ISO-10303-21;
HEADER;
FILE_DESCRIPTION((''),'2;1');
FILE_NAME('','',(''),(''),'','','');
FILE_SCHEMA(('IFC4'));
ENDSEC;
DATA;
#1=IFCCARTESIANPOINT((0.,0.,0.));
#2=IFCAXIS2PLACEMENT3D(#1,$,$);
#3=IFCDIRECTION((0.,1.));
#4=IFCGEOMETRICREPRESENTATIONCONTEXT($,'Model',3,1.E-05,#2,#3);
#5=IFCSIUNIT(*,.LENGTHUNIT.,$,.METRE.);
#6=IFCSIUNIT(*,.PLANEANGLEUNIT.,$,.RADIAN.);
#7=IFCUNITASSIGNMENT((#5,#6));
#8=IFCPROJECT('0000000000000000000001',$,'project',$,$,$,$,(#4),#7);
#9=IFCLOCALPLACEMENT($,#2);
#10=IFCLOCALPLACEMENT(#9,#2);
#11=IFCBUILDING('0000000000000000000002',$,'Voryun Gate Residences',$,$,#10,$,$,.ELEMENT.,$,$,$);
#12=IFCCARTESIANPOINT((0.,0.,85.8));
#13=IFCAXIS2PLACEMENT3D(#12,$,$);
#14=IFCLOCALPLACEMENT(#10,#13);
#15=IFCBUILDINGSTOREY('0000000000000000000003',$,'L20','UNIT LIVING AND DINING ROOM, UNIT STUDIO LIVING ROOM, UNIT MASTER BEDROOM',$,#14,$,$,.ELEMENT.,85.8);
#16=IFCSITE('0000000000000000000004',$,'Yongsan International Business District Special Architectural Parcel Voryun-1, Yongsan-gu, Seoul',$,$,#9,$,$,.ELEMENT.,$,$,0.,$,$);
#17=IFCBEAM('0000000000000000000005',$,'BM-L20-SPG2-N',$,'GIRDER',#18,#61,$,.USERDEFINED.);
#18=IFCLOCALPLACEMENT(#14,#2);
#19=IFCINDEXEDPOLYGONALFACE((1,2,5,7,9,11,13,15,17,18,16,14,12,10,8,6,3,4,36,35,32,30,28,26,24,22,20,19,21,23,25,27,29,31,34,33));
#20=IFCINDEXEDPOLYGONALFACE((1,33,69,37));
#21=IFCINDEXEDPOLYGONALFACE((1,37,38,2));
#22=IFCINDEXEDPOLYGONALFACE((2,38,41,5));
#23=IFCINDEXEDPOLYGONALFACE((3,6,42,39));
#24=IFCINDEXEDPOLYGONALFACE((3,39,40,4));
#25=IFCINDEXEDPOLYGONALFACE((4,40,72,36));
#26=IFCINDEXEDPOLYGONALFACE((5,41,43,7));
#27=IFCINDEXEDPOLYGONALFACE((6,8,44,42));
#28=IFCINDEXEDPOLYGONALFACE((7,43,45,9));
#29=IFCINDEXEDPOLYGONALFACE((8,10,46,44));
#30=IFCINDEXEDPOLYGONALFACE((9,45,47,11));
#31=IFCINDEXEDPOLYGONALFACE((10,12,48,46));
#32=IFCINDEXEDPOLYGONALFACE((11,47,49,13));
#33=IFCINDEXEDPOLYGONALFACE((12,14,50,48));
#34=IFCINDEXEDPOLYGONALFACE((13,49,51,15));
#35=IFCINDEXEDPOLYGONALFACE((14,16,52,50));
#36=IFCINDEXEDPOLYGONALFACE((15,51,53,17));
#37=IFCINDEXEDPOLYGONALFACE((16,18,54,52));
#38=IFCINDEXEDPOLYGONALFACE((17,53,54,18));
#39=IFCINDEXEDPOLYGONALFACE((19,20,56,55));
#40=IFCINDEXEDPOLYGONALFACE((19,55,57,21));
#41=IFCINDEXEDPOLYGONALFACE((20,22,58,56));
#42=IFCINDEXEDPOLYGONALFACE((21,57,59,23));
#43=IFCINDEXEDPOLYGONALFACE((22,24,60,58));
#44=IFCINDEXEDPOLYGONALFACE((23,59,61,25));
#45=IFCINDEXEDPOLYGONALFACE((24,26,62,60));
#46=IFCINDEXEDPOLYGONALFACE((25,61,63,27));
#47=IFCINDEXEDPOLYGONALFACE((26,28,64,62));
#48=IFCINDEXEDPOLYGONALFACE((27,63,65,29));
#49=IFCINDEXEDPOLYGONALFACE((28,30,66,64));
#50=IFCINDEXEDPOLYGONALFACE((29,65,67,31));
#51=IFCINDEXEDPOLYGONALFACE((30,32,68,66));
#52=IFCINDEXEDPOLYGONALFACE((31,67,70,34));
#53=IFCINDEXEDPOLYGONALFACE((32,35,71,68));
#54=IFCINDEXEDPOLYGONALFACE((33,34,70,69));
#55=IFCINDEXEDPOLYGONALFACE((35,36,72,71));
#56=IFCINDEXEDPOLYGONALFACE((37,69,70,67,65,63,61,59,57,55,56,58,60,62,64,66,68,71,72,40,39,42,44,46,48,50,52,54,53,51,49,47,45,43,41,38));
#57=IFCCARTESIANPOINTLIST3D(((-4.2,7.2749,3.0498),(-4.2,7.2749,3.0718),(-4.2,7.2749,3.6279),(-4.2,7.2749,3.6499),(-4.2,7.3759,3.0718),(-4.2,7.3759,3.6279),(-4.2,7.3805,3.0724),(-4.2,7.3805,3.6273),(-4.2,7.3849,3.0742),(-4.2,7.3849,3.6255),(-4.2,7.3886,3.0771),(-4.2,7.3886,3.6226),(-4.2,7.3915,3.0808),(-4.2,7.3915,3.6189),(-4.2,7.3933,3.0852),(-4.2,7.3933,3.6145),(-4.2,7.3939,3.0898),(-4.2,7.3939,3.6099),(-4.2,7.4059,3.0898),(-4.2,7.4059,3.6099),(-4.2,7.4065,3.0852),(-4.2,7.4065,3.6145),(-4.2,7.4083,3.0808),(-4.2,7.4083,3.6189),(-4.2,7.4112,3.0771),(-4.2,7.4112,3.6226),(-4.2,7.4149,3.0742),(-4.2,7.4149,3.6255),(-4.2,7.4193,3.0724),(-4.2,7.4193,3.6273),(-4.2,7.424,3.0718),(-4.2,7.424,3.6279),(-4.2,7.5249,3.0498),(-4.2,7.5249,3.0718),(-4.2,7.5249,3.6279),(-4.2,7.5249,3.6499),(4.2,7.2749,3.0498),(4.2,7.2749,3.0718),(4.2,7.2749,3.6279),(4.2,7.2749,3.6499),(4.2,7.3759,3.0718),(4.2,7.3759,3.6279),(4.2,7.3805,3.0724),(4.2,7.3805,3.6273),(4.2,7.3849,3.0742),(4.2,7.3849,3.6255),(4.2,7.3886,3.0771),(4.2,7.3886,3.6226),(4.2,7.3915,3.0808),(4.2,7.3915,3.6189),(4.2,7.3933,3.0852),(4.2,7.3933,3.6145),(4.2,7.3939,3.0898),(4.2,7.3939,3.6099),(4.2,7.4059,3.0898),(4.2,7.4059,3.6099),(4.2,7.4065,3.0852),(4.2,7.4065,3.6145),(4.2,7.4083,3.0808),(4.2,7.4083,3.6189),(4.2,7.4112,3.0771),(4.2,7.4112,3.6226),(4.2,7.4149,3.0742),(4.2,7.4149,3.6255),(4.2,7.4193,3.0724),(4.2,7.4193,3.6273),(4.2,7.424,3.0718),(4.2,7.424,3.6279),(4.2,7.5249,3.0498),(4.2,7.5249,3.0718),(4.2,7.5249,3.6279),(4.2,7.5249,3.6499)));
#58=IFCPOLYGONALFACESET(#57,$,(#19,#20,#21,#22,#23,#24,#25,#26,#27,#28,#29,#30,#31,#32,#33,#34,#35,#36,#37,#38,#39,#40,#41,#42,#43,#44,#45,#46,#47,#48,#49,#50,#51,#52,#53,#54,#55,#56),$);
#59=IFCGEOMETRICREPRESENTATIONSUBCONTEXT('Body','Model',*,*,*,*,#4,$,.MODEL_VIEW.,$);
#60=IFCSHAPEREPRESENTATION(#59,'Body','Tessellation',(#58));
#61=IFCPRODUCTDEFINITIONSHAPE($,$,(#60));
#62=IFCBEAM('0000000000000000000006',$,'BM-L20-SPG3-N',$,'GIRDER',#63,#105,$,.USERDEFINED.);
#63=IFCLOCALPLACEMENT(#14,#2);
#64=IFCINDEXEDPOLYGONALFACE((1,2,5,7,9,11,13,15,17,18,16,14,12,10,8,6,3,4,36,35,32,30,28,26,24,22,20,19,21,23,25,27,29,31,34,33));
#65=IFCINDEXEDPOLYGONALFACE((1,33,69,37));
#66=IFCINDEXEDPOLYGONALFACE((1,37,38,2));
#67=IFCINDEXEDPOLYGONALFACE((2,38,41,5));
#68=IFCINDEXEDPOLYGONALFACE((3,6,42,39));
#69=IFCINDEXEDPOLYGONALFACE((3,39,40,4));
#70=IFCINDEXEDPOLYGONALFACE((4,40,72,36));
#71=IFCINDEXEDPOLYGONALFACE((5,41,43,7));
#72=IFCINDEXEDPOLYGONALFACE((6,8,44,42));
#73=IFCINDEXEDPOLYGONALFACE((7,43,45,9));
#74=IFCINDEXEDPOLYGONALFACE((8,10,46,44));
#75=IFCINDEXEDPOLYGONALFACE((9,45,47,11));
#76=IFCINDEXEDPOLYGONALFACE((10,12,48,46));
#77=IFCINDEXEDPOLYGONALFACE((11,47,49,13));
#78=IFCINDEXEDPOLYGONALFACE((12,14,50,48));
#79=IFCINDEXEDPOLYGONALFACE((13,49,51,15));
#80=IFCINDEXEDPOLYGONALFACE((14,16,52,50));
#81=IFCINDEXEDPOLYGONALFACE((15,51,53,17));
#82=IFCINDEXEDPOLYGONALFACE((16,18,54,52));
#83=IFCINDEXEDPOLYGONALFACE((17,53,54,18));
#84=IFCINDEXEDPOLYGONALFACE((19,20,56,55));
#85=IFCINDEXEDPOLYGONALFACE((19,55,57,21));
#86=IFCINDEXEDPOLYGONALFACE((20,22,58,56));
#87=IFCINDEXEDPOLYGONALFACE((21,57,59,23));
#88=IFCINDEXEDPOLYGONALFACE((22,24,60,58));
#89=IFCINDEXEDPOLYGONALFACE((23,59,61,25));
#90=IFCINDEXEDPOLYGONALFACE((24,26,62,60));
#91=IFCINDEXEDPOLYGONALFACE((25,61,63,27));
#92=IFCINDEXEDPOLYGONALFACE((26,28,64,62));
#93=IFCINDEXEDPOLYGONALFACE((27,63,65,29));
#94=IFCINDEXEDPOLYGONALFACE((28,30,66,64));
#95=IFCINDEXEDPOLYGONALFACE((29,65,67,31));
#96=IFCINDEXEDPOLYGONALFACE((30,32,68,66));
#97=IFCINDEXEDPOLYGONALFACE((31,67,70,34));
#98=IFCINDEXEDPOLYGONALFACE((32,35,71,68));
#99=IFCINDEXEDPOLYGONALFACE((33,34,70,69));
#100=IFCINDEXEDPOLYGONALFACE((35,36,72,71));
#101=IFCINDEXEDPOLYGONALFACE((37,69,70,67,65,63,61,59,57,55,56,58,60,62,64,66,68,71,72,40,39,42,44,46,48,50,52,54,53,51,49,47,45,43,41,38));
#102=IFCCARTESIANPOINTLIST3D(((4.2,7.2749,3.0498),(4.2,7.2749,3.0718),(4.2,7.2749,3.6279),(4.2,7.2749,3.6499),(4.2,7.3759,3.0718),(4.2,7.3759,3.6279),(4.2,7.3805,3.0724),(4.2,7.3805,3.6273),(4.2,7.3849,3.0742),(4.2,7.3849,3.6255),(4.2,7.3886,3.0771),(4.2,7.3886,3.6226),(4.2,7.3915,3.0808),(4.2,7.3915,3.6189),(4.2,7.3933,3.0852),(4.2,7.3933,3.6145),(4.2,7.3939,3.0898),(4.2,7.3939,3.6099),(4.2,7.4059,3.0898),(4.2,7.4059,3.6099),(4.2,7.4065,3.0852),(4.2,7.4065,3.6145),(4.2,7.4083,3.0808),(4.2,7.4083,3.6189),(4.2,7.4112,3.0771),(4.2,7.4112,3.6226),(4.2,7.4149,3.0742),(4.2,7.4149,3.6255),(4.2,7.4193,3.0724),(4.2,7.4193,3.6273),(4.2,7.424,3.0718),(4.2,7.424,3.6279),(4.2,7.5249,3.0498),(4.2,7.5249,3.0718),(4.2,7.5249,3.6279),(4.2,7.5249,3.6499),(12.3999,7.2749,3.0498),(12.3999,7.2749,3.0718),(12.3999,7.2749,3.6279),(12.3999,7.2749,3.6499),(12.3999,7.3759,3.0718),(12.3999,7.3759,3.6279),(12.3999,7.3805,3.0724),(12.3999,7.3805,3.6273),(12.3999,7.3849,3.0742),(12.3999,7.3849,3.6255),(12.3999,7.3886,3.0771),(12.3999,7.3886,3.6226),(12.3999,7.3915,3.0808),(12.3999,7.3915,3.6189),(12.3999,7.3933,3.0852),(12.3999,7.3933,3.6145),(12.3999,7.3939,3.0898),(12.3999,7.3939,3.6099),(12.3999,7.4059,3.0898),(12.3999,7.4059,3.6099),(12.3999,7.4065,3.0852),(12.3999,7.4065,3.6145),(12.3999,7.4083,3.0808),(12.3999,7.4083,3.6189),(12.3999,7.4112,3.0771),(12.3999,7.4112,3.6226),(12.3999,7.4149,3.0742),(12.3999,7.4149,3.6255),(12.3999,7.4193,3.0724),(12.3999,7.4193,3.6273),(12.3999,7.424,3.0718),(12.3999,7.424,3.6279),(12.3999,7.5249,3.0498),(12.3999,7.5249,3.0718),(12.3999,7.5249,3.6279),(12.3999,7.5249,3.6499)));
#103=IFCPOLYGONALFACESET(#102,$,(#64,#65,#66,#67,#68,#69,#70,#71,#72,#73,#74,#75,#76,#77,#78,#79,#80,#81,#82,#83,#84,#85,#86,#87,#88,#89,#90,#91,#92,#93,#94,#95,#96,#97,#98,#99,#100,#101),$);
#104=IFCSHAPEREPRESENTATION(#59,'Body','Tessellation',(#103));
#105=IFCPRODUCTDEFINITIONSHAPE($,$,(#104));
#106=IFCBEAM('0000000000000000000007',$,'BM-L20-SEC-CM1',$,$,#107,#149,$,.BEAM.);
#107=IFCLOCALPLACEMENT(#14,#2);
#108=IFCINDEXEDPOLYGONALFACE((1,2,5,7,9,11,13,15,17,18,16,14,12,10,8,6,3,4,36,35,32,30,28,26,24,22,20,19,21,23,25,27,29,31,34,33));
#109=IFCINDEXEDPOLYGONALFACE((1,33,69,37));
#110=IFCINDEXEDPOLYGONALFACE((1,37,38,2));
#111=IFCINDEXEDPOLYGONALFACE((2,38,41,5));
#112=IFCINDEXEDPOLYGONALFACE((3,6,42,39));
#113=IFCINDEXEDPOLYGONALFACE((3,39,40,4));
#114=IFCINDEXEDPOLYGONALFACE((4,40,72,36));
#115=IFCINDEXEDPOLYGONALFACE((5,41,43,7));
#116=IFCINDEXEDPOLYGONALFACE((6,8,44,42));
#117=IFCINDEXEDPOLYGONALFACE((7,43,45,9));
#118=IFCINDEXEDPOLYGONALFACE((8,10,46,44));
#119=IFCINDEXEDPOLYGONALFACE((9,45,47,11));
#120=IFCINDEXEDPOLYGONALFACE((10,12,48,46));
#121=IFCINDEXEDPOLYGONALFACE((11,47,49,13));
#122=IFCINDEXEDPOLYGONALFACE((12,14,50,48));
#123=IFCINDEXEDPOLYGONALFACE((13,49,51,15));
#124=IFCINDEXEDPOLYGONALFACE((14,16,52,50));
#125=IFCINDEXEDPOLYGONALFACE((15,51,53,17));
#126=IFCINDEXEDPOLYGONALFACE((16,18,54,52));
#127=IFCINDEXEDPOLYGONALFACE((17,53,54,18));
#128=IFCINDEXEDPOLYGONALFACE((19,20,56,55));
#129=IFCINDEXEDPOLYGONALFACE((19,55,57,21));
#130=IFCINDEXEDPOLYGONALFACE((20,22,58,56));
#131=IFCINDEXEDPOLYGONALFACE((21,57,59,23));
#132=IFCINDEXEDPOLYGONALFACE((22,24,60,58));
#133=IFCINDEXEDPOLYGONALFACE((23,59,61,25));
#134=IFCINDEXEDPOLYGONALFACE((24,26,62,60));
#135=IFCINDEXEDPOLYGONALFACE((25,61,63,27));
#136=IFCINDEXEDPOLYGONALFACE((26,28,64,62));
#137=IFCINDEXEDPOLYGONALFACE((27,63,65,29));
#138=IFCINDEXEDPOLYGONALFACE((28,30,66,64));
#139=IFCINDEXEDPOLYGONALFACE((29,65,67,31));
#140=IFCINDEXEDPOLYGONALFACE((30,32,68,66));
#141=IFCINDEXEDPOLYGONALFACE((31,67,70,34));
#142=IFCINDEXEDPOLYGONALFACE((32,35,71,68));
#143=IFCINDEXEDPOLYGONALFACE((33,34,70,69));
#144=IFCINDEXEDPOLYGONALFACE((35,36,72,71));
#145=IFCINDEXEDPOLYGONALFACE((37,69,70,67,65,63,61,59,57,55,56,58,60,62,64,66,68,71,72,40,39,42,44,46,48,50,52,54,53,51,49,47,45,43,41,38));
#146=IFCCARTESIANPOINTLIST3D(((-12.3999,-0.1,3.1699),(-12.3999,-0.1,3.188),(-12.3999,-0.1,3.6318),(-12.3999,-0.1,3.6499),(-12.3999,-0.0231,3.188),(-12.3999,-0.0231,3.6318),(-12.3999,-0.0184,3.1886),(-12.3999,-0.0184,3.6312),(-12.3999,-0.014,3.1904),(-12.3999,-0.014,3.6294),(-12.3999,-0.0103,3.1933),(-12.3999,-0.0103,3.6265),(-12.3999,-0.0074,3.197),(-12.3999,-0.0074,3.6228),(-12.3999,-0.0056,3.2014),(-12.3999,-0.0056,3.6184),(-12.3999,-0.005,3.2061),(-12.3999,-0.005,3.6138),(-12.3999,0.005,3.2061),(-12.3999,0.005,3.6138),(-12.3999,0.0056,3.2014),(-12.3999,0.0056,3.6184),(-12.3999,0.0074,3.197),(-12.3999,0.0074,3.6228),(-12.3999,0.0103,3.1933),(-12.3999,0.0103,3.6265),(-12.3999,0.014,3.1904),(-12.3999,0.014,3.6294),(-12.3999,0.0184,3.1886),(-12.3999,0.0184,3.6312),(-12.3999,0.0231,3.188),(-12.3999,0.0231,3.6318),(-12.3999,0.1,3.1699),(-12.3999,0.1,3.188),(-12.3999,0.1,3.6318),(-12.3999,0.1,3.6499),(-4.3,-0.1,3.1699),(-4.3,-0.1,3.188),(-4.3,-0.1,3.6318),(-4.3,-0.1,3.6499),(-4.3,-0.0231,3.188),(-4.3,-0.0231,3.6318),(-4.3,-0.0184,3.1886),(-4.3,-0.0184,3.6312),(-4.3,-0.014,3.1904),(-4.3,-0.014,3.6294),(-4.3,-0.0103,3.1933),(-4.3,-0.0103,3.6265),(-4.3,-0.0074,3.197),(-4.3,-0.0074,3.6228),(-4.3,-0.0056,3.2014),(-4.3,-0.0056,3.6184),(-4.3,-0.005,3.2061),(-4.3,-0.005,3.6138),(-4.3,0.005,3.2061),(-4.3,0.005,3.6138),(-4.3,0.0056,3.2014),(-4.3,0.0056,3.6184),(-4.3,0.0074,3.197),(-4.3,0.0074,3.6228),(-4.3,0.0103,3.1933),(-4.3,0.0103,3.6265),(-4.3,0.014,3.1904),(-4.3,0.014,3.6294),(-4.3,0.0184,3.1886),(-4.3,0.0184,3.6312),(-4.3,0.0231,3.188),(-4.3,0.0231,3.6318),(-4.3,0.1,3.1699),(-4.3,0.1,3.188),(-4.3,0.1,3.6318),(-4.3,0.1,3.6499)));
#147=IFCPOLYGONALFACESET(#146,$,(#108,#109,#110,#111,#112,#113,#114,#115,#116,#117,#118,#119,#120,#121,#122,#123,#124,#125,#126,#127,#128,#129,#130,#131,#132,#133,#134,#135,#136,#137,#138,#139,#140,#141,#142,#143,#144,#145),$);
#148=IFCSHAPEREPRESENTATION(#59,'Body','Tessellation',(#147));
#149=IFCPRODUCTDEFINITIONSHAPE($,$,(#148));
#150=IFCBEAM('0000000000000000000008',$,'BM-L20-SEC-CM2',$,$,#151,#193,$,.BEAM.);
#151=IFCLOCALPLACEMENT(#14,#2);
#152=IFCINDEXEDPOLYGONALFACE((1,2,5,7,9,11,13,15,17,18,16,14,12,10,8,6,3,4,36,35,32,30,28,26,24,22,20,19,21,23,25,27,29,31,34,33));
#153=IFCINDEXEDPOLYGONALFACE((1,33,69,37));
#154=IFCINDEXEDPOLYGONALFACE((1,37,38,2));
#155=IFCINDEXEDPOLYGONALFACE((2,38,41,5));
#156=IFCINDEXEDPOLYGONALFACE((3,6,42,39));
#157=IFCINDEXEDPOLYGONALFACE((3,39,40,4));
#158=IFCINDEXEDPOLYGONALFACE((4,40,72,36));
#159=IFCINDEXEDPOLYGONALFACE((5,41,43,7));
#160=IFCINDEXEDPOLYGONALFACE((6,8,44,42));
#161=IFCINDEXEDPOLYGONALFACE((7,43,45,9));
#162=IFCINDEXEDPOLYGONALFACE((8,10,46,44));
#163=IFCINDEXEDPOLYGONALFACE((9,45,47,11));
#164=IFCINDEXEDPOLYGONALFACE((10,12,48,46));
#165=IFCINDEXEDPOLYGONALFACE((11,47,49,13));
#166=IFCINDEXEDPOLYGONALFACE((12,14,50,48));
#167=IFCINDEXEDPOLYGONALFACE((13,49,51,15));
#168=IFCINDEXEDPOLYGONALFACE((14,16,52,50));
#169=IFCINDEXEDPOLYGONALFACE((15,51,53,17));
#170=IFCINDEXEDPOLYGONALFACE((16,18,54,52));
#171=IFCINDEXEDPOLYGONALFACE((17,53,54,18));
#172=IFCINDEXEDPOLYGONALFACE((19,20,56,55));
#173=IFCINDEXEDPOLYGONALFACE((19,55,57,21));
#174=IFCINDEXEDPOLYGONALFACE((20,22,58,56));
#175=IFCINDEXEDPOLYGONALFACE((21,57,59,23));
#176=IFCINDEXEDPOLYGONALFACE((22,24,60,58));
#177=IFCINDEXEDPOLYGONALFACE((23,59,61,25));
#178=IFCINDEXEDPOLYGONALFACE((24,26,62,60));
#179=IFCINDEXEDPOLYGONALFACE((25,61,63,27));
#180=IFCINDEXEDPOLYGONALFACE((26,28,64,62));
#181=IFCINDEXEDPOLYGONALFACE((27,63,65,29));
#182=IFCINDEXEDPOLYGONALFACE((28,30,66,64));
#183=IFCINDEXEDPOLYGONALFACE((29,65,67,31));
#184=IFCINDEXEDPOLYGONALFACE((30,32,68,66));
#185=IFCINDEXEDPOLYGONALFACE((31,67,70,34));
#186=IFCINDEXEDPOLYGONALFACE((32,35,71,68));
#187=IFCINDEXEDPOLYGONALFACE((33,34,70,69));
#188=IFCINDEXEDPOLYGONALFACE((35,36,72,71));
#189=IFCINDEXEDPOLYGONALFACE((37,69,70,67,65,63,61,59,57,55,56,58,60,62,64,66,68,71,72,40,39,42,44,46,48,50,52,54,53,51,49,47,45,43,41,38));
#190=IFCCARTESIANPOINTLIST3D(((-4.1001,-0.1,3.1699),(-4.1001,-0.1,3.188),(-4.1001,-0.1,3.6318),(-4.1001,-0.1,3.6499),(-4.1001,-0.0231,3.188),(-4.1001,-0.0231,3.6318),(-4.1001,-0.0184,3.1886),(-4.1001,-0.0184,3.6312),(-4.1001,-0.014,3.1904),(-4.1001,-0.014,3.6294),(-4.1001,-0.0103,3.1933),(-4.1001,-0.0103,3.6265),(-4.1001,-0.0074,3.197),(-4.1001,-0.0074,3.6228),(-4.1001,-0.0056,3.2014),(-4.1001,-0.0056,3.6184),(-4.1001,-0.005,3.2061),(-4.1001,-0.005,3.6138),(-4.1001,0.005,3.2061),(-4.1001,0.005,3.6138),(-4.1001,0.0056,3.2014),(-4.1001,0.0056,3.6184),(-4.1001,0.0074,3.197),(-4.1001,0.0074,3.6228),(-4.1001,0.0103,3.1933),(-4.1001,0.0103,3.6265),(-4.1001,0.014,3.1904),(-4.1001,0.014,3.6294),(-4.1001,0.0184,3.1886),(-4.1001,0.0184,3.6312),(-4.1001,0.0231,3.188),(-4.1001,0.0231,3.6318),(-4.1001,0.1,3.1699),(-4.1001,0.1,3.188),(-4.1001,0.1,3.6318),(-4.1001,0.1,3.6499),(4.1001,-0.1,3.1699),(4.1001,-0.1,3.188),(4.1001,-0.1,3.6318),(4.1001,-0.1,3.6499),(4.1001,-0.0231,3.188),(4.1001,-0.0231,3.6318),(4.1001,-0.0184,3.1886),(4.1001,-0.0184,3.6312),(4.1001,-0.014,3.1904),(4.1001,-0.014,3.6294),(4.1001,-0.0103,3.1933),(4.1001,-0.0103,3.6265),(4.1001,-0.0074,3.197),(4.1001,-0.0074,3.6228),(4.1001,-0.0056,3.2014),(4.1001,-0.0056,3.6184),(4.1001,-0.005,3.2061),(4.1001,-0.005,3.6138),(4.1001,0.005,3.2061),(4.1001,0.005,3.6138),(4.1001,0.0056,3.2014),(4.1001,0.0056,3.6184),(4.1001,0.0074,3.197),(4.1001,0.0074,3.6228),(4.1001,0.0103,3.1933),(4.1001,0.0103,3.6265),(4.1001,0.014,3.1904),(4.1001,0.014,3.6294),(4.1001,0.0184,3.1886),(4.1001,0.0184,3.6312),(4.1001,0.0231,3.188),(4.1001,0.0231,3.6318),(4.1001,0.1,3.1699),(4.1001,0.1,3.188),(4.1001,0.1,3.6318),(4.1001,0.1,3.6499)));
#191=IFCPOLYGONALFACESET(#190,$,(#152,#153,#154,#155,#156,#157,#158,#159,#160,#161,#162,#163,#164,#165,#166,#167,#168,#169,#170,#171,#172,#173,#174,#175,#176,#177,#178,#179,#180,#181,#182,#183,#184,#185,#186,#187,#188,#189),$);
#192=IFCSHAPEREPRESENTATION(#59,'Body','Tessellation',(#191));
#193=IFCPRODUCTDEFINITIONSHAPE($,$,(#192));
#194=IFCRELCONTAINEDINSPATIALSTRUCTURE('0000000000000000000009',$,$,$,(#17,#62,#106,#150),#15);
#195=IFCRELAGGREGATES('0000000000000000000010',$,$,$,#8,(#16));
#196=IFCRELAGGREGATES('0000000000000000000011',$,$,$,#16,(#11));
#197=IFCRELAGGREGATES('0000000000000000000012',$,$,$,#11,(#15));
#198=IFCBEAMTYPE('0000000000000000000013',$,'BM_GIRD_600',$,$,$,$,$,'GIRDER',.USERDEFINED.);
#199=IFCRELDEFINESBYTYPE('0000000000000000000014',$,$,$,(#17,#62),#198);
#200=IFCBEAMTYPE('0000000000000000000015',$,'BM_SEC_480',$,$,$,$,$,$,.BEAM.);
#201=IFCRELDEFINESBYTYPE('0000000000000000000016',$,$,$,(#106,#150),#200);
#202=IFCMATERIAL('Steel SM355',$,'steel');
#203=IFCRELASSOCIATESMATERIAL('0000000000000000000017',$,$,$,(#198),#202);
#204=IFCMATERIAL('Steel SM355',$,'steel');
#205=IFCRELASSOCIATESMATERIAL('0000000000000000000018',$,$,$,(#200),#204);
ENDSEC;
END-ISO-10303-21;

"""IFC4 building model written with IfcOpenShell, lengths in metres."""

from ifc_helpers import new_model, si_unit, direction, frame, origin, origin_2d, place, context, subcontext, project, spatial, i_section, extrude, material, material_profile, profile_set, type_object, element, save


model = new_model("IFC4")

# Units and contexts
model_context = context("Model", 3, precision=1e-05, world=origin(), true_north=direction((0.0, 1.0)))
body_context = subcontext(model_context, "Body", "Model", "MODEL_VIEW")
ifc_project = project(units=[si_unit("LENGTHUNIT", "METRE"), si_unit("PLANEANGLEUNIT", "RADIAN")], contexts=[model_context])

# Site, building, storey
site_placement = place(None, origin())
site = spatial("IfcSite", under=ifc_project, at=site_placement, Name="Yongsan International Business District Special Architectural Parcel Voryun-1, Yongsan-gu, Seoul", CompositionType="ELEMENT", RefElevation=0.0)
building_placement = place(site_placement, origin())
building = spatial("IfcBuilding", under=site, at=building_placement, Name="Voryun Gate Residences", CompositionType="ELEMENT")
storey_placement = place(building_placement, frame((0.0, 0.0, 85.8)))
storey = spatial("IfcBuildingStorey", under=building, at=storey_placement, Name="L20", Description="UNIT LIVING AND DINING ROOM, UNIT STUDIO LIVING ROOM, UNIT MASTER BEDROOM", CompositionType="ELEMENT", Elevation=85.8)

# Beams
ifc_material_1 = material(Name="Steel SM355", Category="steel")
ifc_material_profile_1 = material_profile(ifc_material_1, i_section(OverallWidth=0.25, OverallDepth=0.6001, WebThickness=0.012, FlangeThickness=0.022, FilletRadius=0.0181, at=origin_2d()), Name="H-600x250x12x22")
ifc_profile_set_1 = profile_set([ifc_material_profile_1], Name="Steel SM355")
beam_type_1 = type_object("IfcBeamType", Name="BM_GIRD_600", ElementType="GIRDER", PredefinedType="USERDEFINED", material=ifc_profile_set_1)
beam_1_placement = place(storey_placement, frame((-4.2, 7.3999, 3.3499), z_axis=(1.0, 0.0, 0.0), x_axis=(0.0, 1.0, 0.0)))
element("IfcBeam", 1, at=beam_1_placement, inside=storey, type_object=beam_type_1, Name="BM-L20-SPG2-N", ObjectType="GIRDER", PredefinedType="USERDEFINED", context=body_context, shape_type="SweptSolid", body=[
    extrude(i_section(OverallWidth=0.25, OverallDepth=0.6001, WebThickness=0.012, FlangeThickness=0.022, FilletRadius=0.0181, at=origin_2d()), origin(), (0.0, 0.0, 1.0), 8.3999),
])
beam_2_placement = place(storey_placement, frame((4.2, 7.3999, 3.3499), z_axis=(1.0, 0.0, 0.0), x_axis=(0.0, 1.0, 0.0)))
element("IfcBeam", 2, at=beam_2_placement, inside=storey, type_object=beam_type_1, Name="BM-L20-SPG3-N", ObjectType="GIRDER", PredefinedType="USERDEFINED", context=body_context, shape_type="SweptSolid", body=[
    extrude(i_section(OverallWidth=0.25, OverallDepth=0.6001, WebThickness=0.012, FlangeThickness=0.022, FilletRadius=0.0181, at=origin_2d()), origin(), (0.0, 0.0, 1.0), 8.2),
])
ifc_material_2 = material(Name="Steel SM355", Category="steel")
ifc_material_profile_2 = material_profile(ifc_material_2, i_section(OverallWidth=0.2, OverallDepth=0.48, WebThickness=0.01, FlangeThickness=0.0181, FilletRadius=0.0181, at=origin_2d()), Name="H-480x200x10x18")
ifc_profile_set_2 = profile_set([ifc_material_profile_2], Name="Steel SM355")
beam_type_2 = type_object("IfcBeamType", Name="BM_SEC_480", PredefinedType="BEAM", material=ifc_profile_set_2)
beam_3_placement = place(storey_placement, frame((-12.3999, 0.0, 3.4099), z_axis=(1.0, 0.0, 0.0), x_axis=(0.0, 1.0, 0.0)))
element("IfcBeam", 3, at=beam_3_placement, inside=storey, type_object=beam_type_2, Name="BM-L20-SEC-CM1", PredefinedType="BEAM", context=body_context, shape_type="SweptSolid", body=[
    extrude(i_section(OverallWidth=0.2, OverallDepth=0.48, WebThickness=0.01, FlangeThickness=0.0181, FilletRadius=0.0181, at=origin_2d()), origin(), (0.0, 0.0, 1.0), 8.0999),
])
beam_4_placement = place(storey_placement, frame((-4.1001, 0.0, 3.4099), z_axis=(1.0, 0.0, 0.0), x_axis=(0.0, 1.0, 0.0)))
element("IfcBeam", 4, at=beam_4_placement, inside=storey, type_object=beam_type_2, Name="BM-L20-SEC-CM2", PredefinedType="BEAM", context=body_context, shape_type="SweptSolid", body=[
    extrude(i_section(OverallWidth=0.2, OverallDepth=0.48, WebThickness=0.01, FlangeThickness=0.0181, FilletRadius=0.0181, at=origin_2d()), origin(), (0.0, 0.0, 1.0), 8.2002),
])

save(model, "model.ifc")
